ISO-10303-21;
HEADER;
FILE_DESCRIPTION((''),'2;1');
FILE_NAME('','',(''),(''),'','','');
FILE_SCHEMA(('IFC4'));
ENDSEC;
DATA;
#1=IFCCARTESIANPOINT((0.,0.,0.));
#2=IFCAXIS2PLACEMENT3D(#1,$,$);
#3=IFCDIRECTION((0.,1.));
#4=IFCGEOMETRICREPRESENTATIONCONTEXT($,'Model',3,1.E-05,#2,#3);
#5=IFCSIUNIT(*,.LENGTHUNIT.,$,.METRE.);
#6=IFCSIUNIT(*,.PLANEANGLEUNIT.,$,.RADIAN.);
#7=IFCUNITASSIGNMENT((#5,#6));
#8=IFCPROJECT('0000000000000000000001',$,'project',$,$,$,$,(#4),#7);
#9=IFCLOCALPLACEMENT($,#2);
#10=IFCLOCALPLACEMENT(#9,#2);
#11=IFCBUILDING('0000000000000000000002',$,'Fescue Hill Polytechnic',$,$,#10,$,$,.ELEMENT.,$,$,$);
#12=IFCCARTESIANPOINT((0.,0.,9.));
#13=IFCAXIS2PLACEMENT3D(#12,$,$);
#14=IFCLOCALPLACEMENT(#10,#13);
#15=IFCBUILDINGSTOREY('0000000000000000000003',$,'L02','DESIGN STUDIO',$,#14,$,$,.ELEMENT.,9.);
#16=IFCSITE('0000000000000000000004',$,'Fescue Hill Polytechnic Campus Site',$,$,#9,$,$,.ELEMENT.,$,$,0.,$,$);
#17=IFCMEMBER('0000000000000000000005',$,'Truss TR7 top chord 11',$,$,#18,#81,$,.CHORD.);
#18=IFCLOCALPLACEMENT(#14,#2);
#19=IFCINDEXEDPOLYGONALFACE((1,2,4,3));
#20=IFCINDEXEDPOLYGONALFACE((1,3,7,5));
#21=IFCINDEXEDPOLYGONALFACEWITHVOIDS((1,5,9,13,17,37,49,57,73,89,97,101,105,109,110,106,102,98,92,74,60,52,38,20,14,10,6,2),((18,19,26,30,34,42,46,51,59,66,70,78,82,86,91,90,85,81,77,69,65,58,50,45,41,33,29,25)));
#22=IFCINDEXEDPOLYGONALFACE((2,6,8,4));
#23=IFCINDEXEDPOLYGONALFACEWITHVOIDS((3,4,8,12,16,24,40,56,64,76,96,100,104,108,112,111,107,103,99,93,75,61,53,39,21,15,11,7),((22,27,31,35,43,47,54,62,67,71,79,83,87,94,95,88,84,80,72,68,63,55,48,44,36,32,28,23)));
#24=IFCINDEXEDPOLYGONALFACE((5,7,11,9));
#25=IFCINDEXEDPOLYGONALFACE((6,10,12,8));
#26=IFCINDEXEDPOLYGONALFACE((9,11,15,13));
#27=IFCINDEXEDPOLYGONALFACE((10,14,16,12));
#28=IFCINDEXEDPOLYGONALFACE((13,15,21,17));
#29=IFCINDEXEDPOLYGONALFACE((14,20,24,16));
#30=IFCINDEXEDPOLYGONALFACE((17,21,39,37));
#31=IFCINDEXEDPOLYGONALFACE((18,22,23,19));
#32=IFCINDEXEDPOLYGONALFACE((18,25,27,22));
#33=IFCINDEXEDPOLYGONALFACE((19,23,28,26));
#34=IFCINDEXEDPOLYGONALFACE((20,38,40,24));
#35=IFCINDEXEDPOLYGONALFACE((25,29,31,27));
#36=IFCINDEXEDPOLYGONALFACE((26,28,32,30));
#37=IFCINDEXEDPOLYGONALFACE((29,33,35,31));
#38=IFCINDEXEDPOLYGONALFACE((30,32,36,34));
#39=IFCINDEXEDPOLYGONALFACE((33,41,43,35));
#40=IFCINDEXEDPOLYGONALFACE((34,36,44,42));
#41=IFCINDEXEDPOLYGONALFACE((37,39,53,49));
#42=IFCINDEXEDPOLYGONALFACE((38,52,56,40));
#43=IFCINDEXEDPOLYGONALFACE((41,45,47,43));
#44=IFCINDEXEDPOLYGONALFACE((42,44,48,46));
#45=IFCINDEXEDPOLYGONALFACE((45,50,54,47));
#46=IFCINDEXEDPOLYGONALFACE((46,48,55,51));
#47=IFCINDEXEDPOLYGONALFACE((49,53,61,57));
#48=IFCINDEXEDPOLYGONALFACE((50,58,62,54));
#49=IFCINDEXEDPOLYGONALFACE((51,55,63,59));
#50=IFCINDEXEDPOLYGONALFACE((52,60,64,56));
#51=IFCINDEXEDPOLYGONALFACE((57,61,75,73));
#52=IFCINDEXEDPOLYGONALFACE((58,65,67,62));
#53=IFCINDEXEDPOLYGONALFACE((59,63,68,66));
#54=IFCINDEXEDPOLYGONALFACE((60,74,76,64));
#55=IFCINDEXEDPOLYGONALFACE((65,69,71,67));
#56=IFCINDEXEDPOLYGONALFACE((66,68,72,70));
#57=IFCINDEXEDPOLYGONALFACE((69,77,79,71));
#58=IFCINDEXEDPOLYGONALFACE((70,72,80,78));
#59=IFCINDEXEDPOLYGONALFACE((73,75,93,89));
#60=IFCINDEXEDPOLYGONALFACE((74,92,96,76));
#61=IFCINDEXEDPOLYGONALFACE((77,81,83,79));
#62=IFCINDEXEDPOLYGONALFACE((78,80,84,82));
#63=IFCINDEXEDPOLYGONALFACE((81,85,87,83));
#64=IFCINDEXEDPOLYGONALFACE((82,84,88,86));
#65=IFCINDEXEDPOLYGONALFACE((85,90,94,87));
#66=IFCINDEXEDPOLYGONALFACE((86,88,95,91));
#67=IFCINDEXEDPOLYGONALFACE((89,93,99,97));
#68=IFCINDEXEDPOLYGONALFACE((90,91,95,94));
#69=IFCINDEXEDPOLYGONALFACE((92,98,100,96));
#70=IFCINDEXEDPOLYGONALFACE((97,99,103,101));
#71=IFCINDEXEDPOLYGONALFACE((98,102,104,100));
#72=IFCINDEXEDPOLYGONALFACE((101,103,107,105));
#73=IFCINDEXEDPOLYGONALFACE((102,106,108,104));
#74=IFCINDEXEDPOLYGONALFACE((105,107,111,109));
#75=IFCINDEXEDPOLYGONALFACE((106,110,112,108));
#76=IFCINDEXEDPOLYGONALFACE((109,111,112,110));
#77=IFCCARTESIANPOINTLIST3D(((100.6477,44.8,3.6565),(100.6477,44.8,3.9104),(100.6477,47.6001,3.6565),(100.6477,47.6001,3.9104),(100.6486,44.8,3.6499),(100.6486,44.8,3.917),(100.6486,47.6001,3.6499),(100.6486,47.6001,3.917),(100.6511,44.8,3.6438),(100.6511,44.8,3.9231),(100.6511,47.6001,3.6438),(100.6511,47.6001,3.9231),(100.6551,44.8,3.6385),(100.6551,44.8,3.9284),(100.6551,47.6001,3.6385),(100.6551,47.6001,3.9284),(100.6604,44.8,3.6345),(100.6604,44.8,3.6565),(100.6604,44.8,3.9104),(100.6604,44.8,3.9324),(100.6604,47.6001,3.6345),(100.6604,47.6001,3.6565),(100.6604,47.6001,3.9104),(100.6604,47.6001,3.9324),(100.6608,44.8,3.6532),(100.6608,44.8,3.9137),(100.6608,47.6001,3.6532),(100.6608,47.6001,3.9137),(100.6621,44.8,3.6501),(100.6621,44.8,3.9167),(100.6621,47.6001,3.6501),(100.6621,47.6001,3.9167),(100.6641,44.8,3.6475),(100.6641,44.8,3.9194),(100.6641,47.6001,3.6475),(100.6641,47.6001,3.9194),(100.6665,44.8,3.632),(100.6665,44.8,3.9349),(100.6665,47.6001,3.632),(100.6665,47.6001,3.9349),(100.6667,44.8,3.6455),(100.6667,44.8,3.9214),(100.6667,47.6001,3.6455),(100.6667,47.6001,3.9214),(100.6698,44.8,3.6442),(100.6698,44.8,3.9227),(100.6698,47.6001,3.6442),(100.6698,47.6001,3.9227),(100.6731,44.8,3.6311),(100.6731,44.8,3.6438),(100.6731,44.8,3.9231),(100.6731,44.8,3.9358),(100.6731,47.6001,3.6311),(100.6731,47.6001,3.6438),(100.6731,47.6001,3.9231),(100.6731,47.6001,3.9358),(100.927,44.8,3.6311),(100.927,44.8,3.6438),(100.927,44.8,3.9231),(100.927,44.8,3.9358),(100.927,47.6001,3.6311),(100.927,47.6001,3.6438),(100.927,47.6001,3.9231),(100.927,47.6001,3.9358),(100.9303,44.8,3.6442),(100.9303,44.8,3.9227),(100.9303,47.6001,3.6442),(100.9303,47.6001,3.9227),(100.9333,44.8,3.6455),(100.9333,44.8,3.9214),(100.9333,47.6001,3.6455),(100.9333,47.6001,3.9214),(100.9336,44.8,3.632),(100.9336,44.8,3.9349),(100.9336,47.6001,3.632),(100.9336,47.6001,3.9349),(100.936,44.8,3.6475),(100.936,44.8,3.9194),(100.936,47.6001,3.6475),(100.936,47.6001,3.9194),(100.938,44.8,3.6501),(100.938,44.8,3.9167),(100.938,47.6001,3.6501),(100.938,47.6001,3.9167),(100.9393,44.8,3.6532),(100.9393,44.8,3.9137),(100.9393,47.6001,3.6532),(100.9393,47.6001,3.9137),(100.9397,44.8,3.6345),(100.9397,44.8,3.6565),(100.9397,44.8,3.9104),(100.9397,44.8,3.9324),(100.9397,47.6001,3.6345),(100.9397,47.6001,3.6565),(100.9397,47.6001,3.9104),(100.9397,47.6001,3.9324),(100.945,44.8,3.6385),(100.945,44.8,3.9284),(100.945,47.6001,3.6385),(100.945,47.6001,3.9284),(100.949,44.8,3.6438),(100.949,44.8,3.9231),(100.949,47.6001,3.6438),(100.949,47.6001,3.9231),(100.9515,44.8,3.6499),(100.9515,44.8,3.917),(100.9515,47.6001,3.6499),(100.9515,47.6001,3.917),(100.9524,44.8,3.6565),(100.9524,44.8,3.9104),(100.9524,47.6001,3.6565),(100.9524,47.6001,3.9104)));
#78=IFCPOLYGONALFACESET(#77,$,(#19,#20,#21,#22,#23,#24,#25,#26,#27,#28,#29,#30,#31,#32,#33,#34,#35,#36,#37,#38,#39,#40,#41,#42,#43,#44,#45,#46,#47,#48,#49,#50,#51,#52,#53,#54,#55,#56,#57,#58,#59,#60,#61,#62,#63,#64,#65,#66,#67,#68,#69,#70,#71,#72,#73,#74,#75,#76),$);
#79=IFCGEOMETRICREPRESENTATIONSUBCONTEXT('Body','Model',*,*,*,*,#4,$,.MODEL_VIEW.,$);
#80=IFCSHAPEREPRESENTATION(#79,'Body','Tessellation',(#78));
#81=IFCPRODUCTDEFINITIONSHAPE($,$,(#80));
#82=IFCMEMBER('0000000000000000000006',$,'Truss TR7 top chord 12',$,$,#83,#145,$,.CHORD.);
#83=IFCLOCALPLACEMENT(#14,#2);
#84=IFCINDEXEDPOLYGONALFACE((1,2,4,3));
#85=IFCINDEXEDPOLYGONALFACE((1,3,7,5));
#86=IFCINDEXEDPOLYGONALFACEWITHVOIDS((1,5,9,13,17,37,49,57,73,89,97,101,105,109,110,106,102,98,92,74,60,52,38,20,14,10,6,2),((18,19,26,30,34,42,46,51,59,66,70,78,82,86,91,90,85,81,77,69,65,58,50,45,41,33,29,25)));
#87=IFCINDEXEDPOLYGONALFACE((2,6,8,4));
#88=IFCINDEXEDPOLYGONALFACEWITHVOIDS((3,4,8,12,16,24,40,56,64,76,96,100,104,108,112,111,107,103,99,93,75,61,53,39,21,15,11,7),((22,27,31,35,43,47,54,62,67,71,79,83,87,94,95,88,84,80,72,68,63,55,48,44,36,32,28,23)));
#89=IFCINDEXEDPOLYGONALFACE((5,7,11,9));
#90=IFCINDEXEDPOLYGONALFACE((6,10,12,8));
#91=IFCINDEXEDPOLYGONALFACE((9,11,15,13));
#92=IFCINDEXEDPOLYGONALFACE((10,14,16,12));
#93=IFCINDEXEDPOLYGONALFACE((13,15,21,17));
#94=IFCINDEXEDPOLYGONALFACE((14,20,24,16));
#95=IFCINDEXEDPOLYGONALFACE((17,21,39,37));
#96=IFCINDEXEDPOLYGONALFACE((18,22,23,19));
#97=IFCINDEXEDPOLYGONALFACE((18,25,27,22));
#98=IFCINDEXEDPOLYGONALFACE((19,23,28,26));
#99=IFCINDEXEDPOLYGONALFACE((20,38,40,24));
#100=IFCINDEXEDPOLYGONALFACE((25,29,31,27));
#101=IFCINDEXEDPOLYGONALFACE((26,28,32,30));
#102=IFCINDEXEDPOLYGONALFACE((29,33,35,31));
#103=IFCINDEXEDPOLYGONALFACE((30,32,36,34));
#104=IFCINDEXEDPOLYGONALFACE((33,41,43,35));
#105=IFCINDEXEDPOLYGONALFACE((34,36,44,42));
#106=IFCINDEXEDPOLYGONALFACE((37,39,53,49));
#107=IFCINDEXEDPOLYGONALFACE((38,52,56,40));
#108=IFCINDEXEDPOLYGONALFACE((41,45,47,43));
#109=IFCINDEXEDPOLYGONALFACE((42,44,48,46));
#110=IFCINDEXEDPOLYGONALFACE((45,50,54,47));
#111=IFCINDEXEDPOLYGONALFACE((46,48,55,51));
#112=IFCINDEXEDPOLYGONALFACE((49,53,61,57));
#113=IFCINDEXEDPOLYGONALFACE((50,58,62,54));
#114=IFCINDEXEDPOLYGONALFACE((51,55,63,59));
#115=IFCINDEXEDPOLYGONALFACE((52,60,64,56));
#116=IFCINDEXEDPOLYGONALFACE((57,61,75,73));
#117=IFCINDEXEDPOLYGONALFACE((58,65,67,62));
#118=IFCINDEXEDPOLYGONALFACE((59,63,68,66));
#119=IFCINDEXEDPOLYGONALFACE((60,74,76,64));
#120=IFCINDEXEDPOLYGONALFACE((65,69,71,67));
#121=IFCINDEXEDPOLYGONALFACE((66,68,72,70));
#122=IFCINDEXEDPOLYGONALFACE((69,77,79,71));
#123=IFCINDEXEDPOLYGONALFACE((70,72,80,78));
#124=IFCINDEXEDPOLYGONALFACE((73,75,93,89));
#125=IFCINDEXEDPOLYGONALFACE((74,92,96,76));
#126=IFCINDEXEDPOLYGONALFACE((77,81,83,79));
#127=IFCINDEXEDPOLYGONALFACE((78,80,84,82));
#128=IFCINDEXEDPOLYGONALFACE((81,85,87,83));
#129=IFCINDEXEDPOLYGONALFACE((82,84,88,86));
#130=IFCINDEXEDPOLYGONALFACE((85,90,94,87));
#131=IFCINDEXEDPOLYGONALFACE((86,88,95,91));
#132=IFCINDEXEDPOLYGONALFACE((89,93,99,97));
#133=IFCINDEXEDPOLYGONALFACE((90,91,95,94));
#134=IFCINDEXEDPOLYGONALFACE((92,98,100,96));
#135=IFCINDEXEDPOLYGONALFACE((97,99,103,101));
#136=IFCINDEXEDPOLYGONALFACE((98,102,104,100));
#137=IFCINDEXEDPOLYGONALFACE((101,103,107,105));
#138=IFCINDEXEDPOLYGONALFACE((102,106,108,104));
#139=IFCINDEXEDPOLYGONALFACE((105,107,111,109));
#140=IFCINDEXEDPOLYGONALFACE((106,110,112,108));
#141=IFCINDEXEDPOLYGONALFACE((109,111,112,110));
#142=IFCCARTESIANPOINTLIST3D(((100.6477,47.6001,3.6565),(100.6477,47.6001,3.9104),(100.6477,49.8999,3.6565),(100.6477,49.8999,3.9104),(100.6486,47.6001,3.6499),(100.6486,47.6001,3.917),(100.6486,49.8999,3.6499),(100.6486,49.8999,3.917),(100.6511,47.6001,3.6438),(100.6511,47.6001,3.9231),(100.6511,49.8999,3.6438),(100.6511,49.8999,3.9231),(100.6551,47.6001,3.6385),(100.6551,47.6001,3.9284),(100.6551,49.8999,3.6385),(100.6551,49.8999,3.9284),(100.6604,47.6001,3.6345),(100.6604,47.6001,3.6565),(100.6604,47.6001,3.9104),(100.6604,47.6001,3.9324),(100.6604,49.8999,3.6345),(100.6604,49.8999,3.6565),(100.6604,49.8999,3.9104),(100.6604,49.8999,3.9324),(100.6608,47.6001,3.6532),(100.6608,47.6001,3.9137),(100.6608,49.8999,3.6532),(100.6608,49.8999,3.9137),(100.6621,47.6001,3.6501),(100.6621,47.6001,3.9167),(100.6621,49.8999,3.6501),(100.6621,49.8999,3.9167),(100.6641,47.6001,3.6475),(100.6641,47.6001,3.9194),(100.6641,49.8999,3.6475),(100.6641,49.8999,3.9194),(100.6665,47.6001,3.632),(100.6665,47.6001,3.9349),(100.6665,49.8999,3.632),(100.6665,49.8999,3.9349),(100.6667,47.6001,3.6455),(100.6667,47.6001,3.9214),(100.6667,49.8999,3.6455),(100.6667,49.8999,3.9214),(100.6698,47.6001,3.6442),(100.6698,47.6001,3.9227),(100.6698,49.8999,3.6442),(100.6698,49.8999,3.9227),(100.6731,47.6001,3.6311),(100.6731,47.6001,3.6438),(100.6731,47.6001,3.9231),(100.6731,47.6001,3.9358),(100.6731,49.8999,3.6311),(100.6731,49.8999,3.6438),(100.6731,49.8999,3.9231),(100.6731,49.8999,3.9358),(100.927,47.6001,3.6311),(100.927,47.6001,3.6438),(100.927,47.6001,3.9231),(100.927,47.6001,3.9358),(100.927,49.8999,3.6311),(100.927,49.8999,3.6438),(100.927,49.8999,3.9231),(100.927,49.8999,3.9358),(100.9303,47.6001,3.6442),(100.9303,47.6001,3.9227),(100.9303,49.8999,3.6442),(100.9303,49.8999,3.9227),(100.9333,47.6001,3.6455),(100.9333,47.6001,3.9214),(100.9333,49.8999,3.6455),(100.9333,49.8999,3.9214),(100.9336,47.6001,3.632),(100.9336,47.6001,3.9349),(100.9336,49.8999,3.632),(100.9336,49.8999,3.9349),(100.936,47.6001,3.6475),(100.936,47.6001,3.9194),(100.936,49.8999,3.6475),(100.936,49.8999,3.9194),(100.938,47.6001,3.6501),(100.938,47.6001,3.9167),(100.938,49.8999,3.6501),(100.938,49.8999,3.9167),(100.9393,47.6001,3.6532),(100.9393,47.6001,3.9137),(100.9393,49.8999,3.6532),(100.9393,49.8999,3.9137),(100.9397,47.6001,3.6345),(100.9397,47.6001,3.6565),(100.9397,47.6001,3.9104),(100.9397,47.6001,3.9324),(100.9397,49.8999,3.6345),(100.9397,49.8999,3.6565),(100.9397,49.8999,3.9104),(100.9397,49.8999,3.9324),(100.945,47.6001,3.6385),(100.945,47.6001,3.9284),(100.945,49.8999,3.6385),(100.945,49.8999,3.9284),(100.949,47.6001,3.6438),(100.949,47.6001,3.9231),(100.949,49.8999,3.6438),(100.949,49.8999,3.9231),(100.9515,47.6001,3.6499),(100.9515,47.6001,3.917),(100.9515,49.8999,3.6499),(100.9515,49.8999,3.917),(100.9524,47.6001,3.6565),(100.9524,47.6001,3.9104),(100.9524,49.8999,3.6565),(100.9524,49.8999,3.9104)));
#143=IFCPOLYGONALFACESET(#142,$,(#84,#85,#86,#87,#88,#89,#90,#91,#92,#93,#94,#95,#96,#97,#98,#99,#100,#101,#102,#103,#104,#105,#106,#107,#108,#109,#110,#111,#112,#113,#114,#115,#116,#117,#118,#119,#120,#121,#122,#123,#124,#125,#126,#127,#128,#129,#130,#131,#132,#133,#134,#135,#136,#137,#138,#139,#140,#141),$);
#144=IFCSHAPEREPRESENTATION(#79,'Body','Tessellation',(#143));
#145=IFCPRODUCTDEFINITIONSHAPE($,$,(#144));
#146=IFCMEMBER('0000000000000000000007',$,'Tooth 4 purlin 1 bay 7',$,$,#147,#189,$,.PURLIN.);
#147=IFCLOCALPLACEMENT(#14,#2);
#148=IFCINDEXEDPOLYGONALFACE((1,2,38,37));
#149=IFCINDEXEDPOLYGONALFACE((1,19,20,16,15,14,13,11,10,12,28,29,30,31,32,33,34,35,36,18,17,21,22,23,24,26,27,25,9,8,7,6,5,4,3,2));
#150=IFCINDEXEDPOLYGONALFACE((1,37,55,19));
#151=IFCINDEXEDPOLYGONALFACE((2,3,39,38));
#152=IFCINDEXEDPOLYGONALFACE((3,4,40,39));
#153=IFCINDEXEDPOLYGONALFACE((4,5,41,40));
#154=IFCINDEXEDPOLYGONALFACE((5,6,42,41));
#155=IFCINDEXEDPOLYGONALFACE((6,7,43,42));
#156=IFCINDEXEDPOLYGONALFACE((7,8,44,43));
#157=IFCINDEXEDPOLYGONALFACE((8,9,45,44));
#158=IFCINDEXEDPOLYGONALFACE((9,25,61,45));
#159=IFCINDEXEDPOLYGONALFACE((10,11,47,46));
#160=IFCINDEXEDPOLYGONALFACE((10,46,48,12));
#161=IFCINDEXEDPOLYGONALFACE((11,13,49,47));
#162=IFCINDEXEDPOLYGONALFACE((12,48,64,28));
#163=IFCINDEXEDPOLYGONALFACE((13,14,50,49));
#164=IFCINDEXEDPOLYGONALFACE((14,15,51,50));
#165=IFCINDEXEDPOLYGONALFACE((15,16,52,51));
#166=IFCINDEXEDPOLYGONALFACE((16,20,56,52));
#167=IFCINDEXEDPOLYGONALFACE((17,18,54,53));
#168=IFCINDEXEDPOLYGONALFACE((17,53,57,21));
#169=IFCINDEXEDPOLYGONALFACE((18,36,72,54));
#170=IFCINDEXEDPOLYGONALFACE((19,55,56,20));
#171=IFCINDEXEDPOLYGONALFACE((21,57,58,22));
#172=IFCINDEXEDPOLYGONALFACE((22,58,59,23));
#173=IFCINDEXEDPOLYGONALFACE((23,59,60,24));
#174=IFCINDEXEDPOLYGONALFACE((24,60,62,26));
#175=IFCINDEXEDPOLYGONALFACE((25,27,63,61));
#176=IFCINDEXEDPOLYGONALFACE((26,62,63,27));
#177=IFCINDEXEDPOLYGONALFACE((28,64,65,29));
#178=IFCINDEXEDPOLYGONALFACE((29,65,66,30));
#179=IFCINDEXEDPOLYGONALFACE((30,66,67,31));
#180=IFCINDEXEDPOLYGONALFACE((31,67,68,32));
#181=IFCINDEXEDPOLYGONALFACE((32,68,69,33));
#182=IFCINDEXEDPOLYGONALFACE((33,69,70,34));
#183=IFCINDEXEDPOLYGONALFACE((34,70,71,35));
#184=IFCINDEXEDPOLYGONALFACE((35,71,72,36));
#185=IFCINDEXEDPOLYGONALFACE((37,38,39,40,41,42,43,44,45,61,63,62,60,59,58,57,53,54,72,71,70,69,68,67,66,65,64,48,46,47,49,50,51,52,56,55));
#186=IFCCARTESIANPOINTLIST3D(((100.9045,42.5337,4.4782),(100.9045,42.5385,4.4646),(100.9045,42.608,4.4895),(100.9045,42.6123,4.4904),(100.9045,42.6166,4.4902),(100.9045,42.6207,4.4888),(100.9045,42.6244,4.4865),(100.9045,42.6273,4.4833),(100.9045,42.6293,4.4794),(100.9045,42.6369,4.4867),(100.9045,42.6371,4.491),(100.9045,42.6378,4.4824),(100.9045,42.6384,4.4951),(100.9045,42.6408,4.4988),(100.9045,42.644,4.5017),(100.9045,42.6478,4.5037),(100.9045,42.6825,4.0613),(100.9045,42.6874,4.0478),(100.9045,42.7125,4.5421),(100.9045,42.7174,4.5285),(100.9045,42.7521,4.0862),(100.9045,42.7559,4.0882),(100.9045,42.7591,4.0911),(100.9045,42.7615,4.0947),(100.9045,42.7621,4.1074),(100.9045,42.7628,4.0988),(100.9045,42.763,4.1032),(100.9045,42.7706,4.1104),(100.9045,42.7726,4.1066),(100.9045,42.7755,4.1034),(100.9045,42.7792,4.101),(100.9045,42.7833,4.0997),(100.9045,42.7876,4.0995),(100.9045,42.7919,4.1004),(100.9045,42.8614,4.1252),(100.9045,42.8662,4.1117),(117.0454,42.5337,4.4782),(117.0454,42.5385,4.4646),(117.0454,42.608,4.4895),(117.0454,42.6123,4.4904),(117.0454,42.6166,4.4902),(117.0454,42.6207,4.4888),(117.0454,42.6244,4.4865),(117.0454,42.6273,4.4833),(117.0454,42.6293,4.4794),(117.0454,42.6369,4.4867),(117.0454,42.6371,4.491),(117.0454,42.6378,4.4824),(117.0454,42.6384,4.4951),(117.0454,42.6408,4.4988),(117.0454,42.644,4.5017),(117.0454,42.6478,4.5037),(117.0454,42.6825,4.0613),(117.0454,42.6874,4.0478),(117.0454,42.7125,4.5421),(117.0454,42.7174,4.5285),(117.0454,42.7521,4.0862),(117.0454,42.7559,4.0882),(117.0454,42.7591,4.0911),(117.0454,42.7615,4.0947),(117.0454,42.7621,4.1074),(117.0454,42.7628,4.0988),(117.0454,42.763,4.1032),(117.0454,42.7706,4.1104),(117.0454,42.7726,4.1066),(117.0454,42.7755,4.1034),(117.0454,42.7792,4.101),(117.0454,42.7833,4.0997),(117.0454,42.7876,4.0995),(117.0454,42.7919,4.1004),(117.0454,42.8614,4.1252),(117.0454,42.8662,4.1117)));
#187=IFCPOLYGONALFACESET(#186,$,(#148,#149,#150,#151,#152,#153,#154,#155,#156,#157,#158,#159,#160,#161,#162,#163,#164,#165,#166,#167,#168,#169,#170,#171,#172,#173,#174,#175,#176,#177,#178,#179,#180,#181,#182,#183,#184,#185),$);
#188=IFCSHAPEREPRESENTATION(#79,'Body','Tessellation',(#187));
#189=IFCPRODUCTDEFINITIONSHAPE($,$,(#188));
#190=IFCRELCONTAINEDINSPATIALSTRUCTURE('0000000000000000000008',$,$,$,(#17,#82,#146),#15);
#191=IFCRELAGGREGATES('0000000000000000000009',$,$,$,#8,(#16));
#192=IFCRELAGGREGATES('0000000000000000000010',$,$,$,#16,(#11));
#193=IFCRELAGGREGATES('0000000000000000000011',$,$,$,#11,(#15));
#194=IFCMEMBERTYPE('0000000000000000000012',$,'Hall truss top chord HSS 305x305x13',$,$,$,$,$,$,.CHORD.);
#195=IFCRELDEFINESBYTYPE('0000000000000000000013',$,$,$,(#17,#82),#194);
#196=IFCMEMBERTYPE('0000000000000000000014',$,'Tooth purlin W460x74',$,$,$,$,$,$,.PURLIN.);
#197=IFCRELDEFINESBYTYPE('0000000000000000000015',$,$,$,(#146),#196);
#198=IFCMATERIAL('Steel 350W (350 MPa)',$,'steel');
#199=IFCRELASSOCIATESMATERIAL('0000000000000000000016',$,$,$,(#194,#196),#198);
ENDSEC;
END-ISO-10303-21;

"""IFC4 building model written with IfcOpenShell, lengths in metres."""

from ifc_helpers import new_model, si_unit, direction, frame, origin, origin_2d, place, context, subcontext, project, spatial, hollow_rectangle, i_section, extrude, material, material_profile, profile_set, type_object, element, save


model = new_model("IFC4")

# Units and contexts
model_context = context("Model", 3, precision=1e-05, world=origin(), true_north=direction((0.0, 1.0)))
body_context = subcontext(model_context, "Body", "Model", "MODEL_VIEW")
ifc_project = project(units=[si_unit("LENGTHUNIT", "METRE"), si_unit("PLANEANGLEUNIT", "RADIAN")], contexts=[model_context])

# Site, building, storey
site_placement = place(None, origin())
site = spatial("IfcSite", under=ifc_project, at=site_placement, Name="Fescue Hill Polytechnic Campus Site", CompositionType="ELEMENT", RefElevation=0.0)
building_placement = place(site_placement, origin())
building = spatial("IfcBuilding", under=site, at=building_placement, Name="Fescue Hill Polytechnic", CompositionType="ELEMENT")
storey_placement = place(building_placement, frame((0.0, 0.0, 9.0)))
storey = spatial("IfcBuildingStorey", under=building, at=storey_placement, Name="L02", Description="DESIGN STUDIO", CompositionType="ELEMENT", Elevation=9.0)

# Members
ifc_material_1 = material(Name="Steel 350W (350 MPa)", Category="steel")
ifc_material_profile_1 = material_profile(ifc_material_1, hollow_rectangle(XDim=0.3047, YDim=0.3047, WallThickness=0.0127, InnerFilletRadius=0.0127, OuterFilletRadius=0.0254, at=origin_2d()), Name="Hall truss top chord HSS 305x305x13")
ifc_profile_set_1 = profile_set([ifc_material_profile_1], Name="Steel 350W (350 MPa)")
member_type_1 = type_object("IfcMemberType", Name="Hall truss top chord HSS 305x305x13", PredefinedType="CHORD", material=ifc_profile_set_1)
member_1_placement = place(storey_placement, frame((100.8, 44.8, 3.7834), z_axis=(0.0, 1.0, 0.0), x_axis=(-1.0, 0.0, 0.0)))
element("IfcMember", 1, at=member_1_placement, inside=storey, type_object=member_type_1, Name="Truss TR7 top chord 11", PredefinedType="CHORD", context=body_context, shape_type="SweptSolid", body=[
    extrude(hollow_rectangle(XDim=0.3047, YDim=0.3047, WallThickness=0.0127, InnerFilletRadius=0.0127, OuterFilletRadius=0.0254, at=origin_2d()), origin(), (0.0, 0.0, 1.0), 2.8),
])
member_2_placement = place(storey_placement, frame((100.8, 47.6001, 3.7834), z_axis=(0.0, 1.0, 0.0), x_axis=(-1.0, 0.0, 0.0)))
element("IfcMember", 2, at=member_2_placement, inside=storey, type_object=member_type_1, Name="Truss TR7 top chord 12", PredefinedType="CHORD", context=body_context, shape_type="SweptSolid", body=[
    extrude(hollow_rectangle(XDim=0.3047, YDim=0.3047, WallThickness=0.0127, InnerFilletRadius=0.0127, OuterFilletRadius=0.0254, at=origin_2d()), origin(), (0.0, 0.0, 1.0), 2.2998),
])
ifc_material_profile_2 = material_profile(ifc_material_1, i_section(OverallWidth=0.1899, OverallDepth=0.457, WebThickness=0.009, FlangeThickness=0.0144, FilletRadius=0.0166, at=origin_2d()), Name="W460x74")
ifc_profile_set_2 = profile_set([ifc_material_profile_2], Name="Steel 350W (350 MPa)")
member_type_2 = type_object("IfcMemberType", Name="Tooth purlin W460x74", PredefinedType="PURLIN", material=ifc_profile_set_2)
member_3_placement = place(storey_placement, frame((100.9045, 42.7, 4.2949), z_axis=(1.0, 0.0, 0.0), x_axis=(0.0, 0.941742, 0.336336)))
element("IfcMember", 3, at=member_3_placement, inside=storey, type_object=member_type_2, Name="Tooth 4 purlin 1 bay 7", PredefinedType="PURLIN", context=body_context, shape_type="SweptSolid", body=[
    extrude(i_section(OverallWidth=0.1899, OverallDepth=0.457, WebThickness=0.009, FlangeThickness=0.0144, FilletRadius=0.0166, at=origin_2d()), origin(), (0.0, 0.0, 1.0), 16.1409),
])

save(model, "model.ifc")
